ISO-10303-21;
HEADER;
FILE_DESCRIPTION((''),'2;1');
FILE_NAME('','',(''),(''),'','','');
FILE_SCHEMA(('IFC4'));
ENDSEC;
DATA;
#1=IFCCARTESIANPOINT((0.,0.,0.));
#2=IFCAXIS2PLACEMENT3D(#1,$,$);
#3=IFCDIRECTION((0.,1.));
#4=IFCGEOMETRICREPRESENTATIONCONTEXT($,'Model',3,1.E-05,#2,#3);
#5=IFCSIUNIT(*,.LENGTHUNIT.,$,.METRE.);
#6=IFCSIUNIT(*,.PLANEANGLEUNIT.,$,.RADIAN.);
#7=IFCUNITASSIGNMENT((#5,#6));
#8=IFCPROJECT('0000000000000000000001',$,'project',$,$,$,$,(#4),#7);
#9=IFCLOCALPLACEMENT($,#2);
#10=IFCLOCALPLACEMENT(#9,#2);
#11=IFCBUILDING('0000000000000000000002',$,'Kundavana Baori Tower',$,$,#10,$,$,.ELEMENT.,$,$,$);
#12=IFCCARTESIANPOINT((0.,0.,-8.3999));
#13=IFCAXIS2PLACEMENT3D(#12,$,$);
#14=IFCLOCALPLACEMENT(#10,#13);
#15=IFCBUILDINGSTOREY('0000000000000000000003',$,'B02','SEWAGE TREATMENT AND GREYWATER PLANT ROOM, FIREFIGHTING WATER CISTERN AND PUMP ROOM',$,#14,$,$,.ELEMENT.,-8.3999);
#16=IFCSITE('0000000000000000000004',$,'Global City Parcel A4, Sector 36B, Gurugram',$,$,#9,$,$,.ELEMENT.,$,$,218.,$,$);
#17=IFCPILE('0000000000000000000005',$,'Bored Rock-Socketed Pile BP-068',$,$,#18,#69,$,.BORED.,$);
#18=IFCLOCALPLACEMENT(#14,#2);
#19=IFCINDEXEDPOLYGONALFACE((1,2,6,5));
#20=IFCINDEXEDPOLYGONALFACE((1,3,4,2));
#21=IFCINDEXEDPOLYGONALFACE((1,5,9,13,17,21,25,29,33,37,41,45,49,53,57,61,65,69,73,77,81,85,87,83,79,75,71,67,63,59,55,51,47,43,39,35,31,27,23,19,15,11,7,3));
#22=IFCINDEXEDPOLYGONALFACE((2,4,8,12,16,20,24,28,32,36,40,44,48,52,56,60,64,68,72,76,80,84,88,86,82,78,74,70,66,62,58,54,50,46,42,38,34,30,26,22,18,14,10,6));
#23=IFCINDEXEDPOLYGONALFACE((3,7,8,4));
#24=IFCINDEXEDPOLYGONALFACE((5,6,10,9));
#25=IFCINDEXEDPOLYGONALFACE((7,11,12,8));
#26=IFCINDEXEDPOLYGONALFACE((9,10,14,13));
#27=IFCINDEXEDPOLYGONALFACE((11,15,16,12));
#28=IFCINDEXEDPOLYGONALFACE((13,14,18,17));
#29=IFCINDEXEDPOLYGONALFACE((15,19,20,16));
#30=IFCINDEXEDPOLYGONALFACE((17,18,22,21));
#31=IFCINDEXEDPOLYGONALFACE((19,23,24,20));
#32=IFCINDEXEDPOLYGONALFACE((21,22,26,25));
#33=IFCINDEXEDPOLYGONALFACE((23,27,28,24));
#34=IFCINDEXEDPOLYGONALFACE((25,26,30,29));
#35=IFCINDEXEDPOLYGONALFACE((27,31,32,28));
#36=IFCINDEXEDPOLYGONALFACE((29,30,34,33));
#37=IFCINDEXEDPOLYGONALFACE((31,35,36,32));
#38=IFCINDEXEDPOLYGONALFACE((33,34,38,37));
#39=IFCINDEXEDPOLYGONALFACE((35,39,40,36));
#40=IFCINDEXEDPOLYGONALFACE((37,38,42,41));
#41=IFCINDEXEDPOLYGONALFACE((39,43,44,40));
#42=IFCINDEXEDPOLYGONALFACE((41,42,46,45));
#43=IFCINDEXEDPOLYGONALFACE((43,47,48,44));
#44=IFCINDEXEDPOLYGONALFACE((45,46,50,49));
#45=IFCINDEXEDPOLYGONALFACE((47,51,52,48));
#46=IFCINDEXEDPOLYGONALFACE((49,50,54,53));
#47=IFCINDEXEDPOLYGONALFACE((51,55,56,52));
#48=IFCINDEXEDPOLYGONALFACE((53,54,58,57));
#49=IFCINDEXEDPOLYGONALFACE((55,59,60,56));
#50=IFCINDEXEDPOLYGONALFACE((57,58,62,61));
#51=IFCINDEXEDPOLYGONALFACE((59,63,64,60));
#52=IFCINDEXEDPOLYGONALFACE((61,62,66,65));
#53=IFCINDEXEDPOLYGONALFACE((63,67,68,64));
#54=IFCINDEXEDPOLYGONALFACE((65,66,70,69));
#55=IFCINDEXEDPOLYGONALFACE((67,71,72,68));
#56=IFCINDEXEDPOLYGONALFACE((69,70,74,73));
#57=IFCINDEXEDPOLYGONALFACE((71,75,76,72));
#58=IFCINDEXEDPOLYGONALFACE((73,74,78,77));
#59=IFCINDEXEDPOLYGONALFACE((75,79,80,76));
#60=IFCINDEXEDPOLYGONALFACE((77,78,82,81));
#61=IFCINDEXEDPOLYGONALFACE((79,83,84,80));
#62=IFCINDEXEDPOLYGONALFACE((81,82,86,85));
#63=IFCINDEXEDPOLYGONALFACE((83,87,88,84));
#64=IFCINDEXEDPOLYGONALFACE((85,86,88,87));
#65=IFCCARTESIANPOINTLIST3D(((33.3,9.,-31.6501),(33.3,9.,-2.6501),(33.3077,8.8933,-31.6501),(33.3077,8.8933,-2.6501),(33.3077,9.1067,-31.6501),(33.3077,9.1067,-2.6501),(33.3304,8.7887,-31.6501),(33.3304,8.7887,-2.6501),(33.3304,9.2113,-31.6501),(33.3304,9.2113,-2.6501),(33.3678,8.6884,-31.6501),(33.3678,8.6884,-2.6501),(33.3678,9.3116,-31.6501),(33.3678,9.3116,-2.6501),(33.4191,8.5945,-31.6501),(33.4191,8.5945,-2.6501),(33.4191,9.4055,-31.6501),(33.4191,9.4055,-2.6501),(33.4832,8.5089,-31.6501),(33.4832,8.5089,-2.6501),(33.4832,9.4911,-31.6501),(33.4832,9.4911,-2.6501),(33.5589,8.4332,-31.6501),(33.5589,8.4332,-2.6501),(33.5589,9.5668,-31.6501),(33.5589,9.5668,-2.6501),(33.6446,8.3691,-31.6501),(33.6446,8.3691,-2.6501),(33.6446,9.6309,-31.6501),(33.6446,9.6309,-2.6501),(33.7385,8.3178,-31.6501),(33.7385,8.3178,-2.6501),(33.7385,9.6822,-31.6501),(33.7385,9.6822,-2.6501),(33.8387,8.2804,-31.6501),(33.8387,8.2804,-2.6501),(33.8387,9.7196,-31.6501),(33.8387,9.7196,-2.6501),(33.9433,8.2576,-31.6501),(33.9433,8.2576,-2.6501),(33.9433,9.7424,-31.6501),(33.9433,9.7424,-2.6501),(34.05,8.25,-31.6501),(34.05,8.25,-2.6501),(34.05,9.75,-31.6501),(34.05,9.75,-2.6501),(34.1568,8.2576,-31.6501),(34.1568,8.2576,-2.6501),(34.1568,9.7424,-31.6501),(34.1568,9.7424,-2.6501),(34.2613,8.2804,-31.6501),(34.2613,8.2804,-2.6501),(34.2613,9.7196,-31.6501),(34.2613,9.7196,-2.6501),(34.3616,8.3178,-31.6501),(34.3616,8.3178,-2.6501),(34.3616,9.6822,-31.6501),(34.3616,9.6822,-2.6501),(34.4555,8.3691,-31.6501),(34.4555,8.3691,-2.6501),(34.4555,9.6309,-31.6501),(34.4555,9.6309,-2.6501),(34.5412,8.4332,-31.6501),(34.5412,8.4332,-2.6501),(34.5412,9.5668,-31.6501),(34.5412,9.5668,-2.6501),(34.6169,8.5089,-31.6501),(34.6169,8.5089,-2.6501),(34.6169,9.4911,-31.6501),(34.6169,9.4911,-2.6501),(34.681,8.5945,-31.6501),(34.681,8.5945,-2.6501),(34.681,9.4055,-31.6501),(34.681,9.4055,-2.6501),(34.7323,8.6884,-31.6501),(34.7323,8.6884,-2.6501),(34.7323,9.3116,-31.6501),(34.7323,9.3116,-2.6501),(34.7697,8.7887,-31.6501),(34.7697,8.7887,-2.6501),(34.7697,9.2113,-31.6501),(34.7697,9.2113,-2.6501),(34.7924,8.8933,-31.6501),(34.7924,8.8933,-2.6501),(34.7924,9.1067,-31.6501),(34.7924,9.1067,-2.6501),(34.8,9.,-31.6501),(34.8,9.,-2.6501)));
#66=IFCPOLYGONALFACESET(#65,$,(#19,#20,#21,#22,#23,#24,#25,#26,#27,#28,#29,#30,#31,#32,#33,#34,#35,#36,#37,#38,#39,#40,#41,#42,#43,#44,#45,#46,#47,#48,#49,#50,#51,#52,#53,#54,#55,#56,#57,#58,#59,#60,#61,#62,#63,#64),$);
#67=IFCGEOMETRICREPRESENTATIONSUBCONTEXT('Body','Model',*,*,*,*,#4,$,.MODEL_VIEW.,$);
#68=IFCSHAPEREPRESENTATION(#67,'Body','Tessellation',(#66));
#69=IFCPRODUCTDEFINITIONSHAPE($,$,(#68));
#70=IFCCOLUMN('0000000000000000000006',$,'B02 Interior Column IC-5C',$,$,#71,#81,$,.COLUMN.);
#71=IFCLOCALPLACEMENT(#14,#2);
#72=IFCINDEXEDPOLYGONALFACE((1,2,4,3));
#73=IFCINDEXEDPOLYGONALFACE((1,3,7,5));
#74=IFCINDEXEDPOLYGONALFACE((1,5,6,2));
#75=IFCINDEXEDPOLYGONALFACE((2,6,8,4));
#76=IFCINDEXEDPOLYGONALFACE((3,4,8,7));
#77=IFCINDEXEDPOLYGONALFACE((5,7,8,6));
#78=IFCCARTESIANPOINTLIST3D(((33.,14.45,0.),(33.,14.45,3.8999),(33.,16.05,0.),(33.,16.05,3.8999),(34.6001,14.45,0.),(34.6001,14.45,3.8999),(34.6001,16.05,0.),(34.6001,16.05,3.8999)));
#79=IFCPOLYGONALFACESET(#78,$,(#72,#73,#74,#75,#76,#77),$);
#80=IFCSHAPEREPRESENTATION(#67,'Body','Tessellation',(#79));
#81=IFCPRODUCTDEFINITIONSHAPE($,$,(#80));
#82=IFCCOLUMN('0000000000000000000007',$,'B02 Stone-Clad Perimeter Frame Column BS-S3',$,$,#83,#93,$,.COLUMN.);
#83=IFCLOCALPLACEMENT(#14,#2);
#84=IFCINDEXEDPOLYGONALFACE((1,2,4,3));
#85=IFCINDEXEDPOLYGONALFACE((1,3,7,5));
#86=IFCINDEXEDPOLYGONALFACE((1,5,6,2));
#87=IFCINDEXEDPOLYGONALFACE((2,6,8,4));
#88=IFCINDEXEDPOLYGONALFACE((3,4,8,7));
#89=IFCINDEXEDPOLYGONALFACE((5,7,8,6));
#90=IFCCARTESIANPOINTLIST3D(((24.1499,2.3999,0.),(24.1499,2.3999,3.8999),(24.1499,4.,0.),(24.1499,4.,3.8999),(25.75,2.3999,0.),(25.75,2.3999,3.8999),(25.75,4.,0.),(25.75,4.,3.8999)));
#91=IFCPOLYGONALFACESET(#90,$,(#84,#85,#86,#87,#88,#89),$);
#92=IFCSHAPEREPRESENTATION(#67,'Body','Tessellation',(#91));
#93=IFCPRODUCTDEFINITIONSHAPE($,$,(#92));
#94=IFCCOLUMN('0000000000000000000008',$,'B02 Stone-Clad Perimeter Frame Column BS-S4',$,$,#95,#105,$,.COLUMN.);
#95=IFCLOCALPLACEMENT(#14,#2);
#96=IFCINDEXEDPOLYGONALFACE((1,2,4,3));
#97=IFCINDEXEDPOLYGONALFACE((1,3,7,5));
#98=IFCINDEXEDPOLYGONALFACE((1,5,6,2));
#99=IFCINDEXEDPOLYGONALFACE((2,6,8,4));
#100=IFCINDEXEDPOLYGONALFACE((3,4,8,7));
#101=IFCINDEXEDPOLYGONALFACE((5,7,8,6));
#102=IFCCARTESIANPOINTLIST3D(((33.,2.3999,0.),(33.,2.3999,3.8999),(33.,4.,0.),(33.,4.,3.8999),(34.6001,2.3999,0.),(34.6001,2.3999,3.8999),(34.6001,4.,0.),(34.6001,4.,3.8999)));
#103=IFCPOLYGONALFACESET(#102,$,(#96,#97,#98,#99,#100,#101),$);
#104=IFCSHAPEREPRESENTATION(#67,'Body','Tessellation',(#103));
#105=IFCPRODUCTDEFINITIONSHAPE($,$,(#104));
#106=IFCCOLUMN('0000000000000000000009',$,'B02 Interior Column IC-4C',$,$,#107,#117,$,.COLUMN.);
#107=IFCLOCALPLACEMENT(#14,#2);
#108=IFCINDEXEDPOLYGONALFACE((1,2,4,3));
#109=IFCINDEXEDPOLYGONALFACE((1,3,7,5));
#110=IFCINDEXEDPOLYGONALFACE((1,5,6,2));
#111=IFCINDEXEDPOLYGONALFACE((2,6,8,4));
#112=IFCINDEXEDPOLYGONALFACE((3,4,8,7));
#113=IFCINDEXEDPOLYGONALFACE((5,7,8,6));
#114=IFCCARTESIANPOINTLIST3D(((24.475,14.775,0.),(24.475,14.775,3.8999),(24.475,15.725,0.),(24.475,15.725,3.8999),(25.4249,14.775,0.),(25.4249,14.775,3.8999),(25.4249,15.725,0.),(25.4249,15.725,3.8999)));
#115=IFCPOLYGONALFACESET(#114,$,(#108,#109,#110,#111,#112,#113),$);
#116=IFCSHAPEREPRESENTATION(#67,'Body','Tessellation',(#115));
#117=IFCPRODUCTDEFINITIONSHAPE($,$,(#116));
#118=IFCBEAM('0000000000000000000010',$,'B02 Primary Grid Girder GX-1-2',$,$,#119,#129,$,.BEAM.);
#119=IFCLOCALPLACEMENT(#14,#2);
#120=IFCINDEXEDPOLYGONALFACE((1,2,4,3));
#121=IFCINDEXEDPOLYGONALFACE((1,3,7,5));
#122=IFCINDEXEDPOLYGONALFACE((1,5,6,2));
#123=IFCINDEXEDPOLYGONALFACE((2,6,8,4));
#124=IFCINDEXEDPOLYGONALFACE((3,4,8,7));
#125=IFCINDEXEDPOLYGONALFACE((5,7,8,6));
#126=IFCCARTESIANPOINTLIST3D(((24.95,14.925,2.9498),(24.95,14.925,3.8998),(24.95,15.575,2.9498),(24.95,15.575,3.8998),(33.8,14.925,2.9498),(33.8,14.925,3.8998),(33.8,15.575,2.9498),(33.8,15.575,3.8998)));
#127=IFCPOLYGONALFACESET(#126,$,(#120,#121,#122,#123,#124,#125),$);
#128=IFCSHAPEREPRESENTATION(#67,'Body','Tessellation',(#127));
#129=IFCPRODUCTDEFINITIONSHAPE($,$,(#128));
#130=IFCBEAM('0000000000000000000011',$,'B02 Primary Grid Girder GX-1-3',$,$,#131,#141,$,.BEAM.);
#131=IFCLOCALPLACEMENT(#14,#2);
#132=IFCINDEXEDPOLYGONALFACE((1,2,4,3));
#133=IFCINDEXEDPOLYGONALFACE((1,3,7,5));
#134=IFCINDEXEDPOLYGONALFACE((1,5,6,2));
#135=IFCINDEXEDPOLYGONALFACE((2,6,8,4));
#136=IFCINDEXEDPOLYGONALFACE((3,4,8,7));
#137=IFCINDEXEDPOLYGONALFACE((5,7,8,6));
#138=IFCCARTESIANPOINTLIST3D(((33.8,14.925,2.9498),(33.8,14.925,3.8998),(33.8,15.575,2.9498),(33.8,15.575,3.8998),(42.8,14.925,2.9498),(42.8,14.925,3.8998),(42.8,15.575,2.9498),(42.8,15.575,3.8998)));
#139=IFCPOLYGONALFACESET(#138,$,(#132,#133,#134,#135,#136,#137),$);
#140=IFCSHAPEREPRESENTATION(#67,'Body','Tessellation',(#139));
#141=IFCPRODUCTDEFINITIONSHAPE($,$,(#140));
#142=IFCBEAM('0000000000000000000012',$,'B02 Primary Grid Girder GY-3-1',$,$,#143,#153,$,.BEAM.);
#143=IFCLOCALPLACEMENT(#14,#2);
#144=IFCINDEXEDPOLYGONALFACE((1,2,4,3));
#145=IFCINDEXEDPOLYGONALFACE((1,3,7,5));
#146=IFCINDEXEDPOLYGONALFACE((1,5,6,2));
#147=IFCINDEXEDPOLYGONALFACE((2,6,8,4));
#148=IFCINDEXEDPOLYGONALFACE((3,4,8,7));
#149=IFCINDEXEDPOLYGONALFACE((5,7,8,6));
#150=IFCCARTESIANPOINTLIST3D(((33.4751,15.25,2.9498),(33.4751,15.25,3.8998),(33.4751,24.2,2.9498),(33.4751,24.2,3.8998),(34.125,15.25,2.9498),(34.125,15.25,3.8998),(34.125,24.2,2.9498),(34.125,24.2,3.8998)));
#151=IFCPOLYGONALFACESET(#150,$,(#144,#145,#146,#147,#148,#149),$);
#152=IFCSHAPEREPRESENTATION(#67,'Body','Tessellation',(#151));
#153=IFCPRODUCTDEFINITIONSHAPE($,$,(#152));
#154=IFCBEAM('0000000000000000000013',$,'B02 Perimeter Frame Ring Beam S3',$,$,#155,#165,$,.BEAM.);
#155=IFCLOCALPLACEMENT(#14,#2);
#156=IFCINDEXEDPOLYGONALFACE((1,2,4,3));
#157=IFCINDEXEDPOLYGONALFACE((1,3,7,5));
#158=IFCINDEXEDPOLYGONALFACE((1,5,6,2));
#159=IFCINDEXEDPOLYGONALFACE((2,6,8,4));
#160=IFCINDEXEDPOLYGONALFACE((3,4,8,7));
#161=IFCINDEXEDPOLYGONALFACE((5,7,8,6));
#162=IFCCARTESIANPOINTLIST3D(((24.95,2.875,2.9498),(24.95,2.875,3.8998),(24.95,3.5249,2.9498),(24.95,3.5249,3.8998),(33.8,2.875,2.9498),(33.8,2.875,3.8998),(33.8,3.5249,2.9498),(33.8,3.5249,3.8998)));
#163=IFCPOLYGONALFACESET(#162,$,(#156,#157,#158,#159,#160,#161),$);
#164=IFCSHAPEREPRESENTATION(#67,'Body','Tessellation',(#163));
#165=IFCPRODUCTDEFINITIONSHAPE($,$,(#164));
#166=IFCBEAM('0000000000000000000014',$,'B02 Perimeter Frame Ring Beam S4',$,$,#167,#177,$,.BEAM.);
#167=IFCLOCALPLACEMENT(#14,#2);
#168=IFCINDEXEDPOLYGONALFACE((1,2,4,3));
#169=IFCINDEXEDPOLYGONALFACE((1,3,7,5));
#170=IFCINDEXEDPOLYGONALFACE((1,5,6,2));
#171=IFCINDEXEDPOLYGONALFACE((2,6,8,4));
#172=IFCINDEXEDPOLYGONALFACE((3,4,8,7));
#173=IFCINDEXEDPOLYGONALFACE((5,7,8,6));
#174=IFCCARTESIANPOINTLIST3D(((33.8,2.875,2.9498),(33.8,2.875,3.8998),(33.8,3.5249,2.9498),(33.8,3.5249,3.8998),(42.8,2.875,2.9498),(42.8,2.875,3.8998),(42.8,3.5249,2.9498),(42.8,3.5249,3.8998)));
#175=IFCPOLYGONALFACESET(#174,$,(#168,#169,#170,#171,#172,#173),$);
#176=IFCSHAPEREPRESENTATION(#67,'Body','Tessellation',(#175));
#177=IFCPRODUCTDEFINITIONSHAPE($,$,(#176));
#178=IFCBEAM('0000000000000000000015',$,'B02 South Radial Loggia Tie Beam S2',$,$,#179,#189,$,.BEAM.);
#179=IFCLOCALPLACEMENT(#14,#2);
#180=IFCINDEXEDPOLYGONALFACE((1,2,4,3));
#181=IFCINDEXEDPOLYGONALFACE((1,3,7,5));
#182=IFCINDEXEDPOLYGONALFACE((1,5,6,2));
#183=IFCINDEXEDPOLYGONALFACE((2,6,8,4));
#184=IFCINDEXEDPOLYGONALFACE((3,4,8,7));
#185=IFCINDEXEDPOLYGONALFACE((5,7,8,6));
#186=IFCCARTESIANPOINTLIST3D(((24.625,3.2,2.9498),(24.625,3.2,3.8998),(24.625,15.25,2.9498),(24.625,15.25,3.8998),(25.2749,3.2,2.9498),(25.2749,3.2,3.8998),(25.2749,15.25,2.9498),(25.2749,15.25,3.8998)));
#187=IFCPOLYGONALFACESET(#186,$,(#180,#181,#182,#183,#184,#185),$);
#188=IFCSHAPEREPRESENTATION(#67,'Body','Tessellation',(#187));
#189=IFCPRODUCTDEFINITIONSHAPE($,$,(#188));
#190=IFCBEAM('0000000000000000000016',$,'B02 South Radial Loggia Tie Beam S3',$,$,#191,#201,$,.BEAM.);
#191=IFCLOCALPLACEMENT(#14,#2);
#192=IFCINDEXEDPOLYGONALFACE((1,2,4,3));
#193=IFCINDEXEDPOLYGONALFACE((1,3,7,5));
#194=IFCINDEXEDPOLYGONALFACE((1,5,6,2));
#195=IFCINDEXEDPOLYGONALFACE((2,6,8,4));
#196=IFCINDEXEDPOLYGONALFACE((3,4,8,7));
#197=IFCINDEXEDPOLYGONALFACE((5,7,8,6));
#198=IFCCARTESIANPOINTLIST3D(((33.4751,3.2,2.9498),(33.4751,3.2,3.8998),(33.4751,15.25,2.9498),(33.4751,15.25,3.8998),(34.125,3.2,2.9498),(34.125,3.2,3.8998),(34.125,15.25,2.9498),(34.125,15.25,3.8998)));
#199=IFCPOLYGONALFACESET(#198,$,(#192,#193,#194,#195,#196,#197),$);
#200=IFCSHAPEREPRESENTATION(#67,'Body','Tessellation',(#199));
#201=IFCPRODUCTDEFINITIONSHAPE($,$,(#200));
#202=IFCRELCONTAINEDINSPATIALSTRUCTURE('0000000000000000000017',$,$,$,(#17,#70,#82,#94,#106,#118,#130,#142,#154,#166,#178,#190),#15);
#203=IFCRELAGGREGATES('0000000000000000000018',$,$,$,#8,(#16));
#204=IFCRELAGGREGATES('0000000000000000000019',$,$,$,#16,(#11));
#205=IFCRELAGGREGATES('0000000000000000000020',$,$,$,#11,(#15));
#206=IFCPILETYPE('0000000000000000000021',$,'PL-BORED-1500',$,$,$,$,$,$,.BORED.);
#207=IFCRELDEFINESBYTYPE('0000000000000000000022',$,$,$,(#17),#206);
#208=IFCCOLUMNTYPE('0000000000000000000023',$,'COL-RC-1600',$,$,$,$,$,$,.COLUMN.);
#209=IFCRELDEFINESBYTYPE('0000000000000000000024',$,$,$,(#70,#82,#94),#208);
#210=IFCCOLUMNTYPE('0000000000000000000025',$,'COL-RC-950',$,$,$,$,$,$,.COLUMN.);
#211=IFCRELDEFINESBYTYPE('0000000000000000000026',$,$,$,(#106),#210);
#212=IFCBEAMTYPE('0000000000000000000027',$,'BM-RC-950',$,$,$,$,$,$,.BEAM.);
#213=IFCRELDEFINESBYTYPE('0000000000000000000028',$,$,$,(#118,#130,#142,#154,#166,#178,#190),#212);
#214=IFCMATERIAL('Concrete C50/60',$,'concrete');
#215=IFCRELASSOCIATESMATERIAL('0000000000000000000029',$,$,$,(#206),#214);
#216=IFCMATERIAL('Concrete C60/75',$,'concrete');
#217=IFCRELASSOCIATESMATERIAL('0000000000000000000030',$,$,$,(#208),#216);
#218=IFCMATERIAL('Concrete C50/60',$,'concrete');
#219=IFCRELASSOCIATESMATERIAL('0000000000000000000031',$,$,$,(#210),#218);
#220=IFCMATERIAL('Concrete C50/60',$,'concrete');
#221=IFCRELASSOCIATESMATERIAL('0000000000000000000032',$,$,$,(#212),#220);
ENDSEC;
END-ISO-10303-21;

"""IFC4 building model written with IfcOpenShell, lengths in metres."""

from ifc_helpers import new_model, si_unit, direction, frame, origin, origin_2d, place, context, subcontext, project, spatial, rectangle, circle, extrude, material, material_profile, profile_set, type_object, element, save


model = new_model("IFC4")

# Units and contexts
model_context = context("Model", 3, precision=1e-05, world=origin(), true_north=direction((0.0, 1.0)))
body_context = subcontext(model_context, "Body", "Model", "MODEL_VIEW")
ifc_project = project(units=[si_unit("LENGTHUNIT", "METRE"), si_unit("PLANEANGLEUNIT", "RADIAN")], contexts=[model_context])

# Site, building, storey
site_placement = place(None, origin())
site = spatial("IfcSite", under=ifc_project, at=site_placement, Name="Global City Parcel A4, Sector 36B, Gurugram", CompositionType="ELEMENT", RefElevation=218.0)
building_placement = place(site_placement, origin())
building = spatial("IfcBuilding", under=site, at=building_placement, Name="Kundavana Baori Tower", CompositionType="ELEMENT")
storey_placement = place(building_placement, frame((0.0, 0.0, -8.3999)))
storey = spatial("IfcBuildingStorey", under=building, at=storey_placement, Name="B02", Description="SEWAGE TREATMENT AND GREYWATER PLANT ROOM, FIREFIGHTING WATER CISTERN AND PUMP ROOM", CompositionType="ELEMENT", Elevation=-8.3999)

# Pile
ifc_material_1 = material(Name="Concrete C50/60", Category="concrete")
ifc_material_profile_1 = material_profile(ifc_material_1, circle(Radius=0.75, at=origin_2d()), Name="BORED PILE D1500")
ifc_profile_set_1 = profile_set([ifc_material_profile_1], Name="Concrete C50/60")
pile_type_1 = type_object("IfcPileType", Name="PL-BORED-1500", PredefinedType="BORED", material=ifc_profile_set_1)
for number, where, z_axis, x_axis, name in (
    (1, (34.05, 9.0, -2.6501), (0.0, 0.0, -1.0), (1.0, 0.0, 0.0), "Bored Rock-Socketed Pile BP-068"),
):
    element("IfcPile", number, at=place(storey_placement, frame(where, z_axis=z_axis, x_axis=x_axis)), inside=storey, type_object=pile_type_1, Name=name, PredefinedType="BORED", context=body_context, shape_type="SweptSolid", body=[
        extrude(circle(Radius=0.75, at=origin_2d()), origin(), (0.0, 0.0, 1.0), 29.0),
    ])

# Columns
ifc_material_2 = material(Name="Concrete C60/75", Category="concrete")
ifc_material_profile_2 = material_profile(ifc_material_2, rectangle(XDim=1.6001, YDim=1.6001, at=origin_2d()), Name="RC 1600x1600")
ifc_profile_set_2 = profile_set([ifc_material_profile_2], Name="Concrete C60/75")
column_type_1 = type_object("IfcColumnType", Name="COL-RC-1600", PredefinedType="COLUMN", material=ifc_profile_set_2)
for number, where, z_axis, x_axis, name in (
    (2, (33.8, 15.25, 0.0), (0.0, 0.0, 1.0), (1.0, 0.0, 0.0), "B02 Interior Column IC-5C"),
    (3, (24.95, 3.2, 0.0), (0.0, 0.0, 1.0), (1.0, 0.0, 0.0), "B02 Stone-Clad Perimeter Frame Column BS-S3"),
    (4, (33.8, 3.2, 0.0), (0.0, 0.0, 1.0), (1.0, 0.0, 0.0), "B02 Stone-Clad Perimeter Frame Column BS-S4"),
):
    element("IfcColumn", number, at=place(storey_placement, frame(where, z_axis=z_axis, x_axis=x_axis)), inside=storey, type_object=column_type_1, Name=name, PredefinedType="COLUMN", context=body_context, shape_type="SweptSolid", body=[
        extrude(rectangle(XDim=1.6001, YDim=1.6001, at=origin_2d()), origin(), (0.0, 0.0, 1.0), 3.8999),
    ])
ifc_material_3 = material(Name="Concrete C50/60", Category="concrete")
ifc_material_profile_3 = material_profile(ifc_material_3, rectangle(XDim=0.95, YDim=0.95, at=origin_2d()), Name="RC 950x950")
ifc_profile_set_3 = profile_set([ifc_material_profile_3], Name="Concrete C50/60")
column_type_2 = type_object("IfcColumnType", Name="COL-RC-950", PredefinedType="COLUMN", material=ifc_profile_set_3)
column_placement = place(storey_placement, frame((24.95, 15.25, 0.0), z_axis=(0.0, 0.0, 1.0), x_axis=(1.0, 0.0, 0.0)))
element("IfcColumn", 5, at=column_placement, inside=storey, type_object=column_type_2, Name="B02 Interior Column IC-4C", PredefinedType="COLUMN", context=body_context, shape_type="SweptSolid", body=[
    extrude(rectangle(XDim=0.95, YDim=0.95, at=origin_2d()), origin(), (0.0, 0.0, 1.0), 3.8999),
])

# Beams
ifc_material_4 = material(Name="Concrete C50/60", Category="concrete")
ifc_material_profile_4 = material_profile(ifc_material_4, rectangle(XDim=0.6499, YDim=0.95, at=origin_2d()), Name="RC BM 650x950")
ifc_profile_set_4 = profile_set([ifc_material_profile_4], Name="Concrete C50/60")
beam_type = type_object("IfcBeamType", Name="BM-RC-950", PredefinedType="BEAM", material=ifc_profile_set_4)
beam_1_placement = place(storey_placement, frame((24.95, 15.25, 3.4248), z_axis=(1.0, 0.0, 0.0), x_axis=(0.0, 1.0, 0.0)))
element("IfcBeam", 6, at=beam_1_placement, inside=storey, type_object=beam_type, Name="B02 Primary Grid Girder GX-1-2", PredefinedType="BEAM", context=body_context, shape_type="SweptSolid", body=[
    extrude(rectangle(XDim=0.6499, YDim=0.95, at=origin_2d()), origin(), (0.0, 0.0, 1.0), 8.8501),
])
beam_2_placement = place(storey_placement, frame((33.8, 15.25, 3.4248), z_axis=(1.0, 0.0, 0.0), x_axis=(0.0, 1.0, 0.0)))
element("IfcBeam", 7, at=beam_2_placement, inside=storey, type_object=beam_type, Name="B02 Primary Grid Girder GX-1-3", PredefinedType="BEAM", context=body_context, shape_type="SweptSolid", body=[
    extrude(rectangle(XDim=0.6499, YDim=0.95, at=origin_2d()), origin(), (0.0, 0.0, 1.0), 9.0),
])
beam_3_placement = place(storey_placement, frame((33.8, 15.25, 3.4248), z_axis=(0.0, 1.0, 0.0), x_axis=(-1.0, 0.0, 0.0)))
element("IfcBeam", 8, at=beam_3_placement, inside=storey, type_object=beam_type, Name="B02 Primary Grid Girder GY-3-1", PredefinedType="BEAM", context=body_context, shape_type="SweptSolid", body=[
    extrude(rectangle(XDim=0.6499, YDim=0.95, at=origin_2d()), origin(), (0.0, 0.0, 1.0), 8.95),
])
beam_4_placement = place(storey_placement, frame((24.95, 3.2, 3.4248), z_axis=(1.0, 0.0, 0.0), x_axis=(0.0, 1.0, 0.0)))
element("IfcBeam", 9, at=beam_4_placement, inside=storey, type_object=beam_type, Name="B02 Perimeter Frame Ring Beam S3", PredefinedType="BEAM", context=body_context, shape_type="SweptSolid", body=[
    extrude(rectangle(XDim=0.6499, YDim=0.95, at=origin_2d()), origin(), (0.0, 0.0, 1.0), 8.8501),
])
beam_5_placement = place(storey_placement, frame((33.8, 3.2, 3.4248), z_axis=(1.0, 0.0, 0.0), x_axis=(0.0, 1.0, 0.0)))
element("IfcBeam", 10, at=beam_5_placement, inside=storey, type_object=beam_type, Name="B02 Perimeter Frame Ring Beam S4", PredefinedType="BEAM", context=body_context, shape_type="SweptSolid", body=[
    extrude(rectangle(XDim=0.6499, YDim=0.95, at=origin_2d()), origin(), (0.0, 0.0, 1.0), 9.0),
])
for number, where, z_axis, x_axis, name in (
    (11, (24.95, 15.25, 3.4248), (0.0, -1.0, 0.0), (1.0, 0.0, 0.0), "B02 South Radial Loggia Tie Beam S2"),
    (12, (33.8, 15.25, 3.4248), (0.0, -1.0, 0.0), (1.0, 0.0, 0.0), "B02 South Radial Loggia Tie Beam S3"),
):
    element("IfcBeam", number, at=place(storey_placement, frame(where, z_axis=z_axis, x_axis=x_axis)), inside=storey, type_object=beam_type, Name=name, PredefinedType="BEAM", context=body_context, shape_type="SweptSolid", body=[
        extrude(rectangle(XDim=0.6499, YDim=0.95, at=origin_2d()), origin(), (0.0, 0.0, 1.0), 12.05),
    ])

save(model, "model.ifc")
